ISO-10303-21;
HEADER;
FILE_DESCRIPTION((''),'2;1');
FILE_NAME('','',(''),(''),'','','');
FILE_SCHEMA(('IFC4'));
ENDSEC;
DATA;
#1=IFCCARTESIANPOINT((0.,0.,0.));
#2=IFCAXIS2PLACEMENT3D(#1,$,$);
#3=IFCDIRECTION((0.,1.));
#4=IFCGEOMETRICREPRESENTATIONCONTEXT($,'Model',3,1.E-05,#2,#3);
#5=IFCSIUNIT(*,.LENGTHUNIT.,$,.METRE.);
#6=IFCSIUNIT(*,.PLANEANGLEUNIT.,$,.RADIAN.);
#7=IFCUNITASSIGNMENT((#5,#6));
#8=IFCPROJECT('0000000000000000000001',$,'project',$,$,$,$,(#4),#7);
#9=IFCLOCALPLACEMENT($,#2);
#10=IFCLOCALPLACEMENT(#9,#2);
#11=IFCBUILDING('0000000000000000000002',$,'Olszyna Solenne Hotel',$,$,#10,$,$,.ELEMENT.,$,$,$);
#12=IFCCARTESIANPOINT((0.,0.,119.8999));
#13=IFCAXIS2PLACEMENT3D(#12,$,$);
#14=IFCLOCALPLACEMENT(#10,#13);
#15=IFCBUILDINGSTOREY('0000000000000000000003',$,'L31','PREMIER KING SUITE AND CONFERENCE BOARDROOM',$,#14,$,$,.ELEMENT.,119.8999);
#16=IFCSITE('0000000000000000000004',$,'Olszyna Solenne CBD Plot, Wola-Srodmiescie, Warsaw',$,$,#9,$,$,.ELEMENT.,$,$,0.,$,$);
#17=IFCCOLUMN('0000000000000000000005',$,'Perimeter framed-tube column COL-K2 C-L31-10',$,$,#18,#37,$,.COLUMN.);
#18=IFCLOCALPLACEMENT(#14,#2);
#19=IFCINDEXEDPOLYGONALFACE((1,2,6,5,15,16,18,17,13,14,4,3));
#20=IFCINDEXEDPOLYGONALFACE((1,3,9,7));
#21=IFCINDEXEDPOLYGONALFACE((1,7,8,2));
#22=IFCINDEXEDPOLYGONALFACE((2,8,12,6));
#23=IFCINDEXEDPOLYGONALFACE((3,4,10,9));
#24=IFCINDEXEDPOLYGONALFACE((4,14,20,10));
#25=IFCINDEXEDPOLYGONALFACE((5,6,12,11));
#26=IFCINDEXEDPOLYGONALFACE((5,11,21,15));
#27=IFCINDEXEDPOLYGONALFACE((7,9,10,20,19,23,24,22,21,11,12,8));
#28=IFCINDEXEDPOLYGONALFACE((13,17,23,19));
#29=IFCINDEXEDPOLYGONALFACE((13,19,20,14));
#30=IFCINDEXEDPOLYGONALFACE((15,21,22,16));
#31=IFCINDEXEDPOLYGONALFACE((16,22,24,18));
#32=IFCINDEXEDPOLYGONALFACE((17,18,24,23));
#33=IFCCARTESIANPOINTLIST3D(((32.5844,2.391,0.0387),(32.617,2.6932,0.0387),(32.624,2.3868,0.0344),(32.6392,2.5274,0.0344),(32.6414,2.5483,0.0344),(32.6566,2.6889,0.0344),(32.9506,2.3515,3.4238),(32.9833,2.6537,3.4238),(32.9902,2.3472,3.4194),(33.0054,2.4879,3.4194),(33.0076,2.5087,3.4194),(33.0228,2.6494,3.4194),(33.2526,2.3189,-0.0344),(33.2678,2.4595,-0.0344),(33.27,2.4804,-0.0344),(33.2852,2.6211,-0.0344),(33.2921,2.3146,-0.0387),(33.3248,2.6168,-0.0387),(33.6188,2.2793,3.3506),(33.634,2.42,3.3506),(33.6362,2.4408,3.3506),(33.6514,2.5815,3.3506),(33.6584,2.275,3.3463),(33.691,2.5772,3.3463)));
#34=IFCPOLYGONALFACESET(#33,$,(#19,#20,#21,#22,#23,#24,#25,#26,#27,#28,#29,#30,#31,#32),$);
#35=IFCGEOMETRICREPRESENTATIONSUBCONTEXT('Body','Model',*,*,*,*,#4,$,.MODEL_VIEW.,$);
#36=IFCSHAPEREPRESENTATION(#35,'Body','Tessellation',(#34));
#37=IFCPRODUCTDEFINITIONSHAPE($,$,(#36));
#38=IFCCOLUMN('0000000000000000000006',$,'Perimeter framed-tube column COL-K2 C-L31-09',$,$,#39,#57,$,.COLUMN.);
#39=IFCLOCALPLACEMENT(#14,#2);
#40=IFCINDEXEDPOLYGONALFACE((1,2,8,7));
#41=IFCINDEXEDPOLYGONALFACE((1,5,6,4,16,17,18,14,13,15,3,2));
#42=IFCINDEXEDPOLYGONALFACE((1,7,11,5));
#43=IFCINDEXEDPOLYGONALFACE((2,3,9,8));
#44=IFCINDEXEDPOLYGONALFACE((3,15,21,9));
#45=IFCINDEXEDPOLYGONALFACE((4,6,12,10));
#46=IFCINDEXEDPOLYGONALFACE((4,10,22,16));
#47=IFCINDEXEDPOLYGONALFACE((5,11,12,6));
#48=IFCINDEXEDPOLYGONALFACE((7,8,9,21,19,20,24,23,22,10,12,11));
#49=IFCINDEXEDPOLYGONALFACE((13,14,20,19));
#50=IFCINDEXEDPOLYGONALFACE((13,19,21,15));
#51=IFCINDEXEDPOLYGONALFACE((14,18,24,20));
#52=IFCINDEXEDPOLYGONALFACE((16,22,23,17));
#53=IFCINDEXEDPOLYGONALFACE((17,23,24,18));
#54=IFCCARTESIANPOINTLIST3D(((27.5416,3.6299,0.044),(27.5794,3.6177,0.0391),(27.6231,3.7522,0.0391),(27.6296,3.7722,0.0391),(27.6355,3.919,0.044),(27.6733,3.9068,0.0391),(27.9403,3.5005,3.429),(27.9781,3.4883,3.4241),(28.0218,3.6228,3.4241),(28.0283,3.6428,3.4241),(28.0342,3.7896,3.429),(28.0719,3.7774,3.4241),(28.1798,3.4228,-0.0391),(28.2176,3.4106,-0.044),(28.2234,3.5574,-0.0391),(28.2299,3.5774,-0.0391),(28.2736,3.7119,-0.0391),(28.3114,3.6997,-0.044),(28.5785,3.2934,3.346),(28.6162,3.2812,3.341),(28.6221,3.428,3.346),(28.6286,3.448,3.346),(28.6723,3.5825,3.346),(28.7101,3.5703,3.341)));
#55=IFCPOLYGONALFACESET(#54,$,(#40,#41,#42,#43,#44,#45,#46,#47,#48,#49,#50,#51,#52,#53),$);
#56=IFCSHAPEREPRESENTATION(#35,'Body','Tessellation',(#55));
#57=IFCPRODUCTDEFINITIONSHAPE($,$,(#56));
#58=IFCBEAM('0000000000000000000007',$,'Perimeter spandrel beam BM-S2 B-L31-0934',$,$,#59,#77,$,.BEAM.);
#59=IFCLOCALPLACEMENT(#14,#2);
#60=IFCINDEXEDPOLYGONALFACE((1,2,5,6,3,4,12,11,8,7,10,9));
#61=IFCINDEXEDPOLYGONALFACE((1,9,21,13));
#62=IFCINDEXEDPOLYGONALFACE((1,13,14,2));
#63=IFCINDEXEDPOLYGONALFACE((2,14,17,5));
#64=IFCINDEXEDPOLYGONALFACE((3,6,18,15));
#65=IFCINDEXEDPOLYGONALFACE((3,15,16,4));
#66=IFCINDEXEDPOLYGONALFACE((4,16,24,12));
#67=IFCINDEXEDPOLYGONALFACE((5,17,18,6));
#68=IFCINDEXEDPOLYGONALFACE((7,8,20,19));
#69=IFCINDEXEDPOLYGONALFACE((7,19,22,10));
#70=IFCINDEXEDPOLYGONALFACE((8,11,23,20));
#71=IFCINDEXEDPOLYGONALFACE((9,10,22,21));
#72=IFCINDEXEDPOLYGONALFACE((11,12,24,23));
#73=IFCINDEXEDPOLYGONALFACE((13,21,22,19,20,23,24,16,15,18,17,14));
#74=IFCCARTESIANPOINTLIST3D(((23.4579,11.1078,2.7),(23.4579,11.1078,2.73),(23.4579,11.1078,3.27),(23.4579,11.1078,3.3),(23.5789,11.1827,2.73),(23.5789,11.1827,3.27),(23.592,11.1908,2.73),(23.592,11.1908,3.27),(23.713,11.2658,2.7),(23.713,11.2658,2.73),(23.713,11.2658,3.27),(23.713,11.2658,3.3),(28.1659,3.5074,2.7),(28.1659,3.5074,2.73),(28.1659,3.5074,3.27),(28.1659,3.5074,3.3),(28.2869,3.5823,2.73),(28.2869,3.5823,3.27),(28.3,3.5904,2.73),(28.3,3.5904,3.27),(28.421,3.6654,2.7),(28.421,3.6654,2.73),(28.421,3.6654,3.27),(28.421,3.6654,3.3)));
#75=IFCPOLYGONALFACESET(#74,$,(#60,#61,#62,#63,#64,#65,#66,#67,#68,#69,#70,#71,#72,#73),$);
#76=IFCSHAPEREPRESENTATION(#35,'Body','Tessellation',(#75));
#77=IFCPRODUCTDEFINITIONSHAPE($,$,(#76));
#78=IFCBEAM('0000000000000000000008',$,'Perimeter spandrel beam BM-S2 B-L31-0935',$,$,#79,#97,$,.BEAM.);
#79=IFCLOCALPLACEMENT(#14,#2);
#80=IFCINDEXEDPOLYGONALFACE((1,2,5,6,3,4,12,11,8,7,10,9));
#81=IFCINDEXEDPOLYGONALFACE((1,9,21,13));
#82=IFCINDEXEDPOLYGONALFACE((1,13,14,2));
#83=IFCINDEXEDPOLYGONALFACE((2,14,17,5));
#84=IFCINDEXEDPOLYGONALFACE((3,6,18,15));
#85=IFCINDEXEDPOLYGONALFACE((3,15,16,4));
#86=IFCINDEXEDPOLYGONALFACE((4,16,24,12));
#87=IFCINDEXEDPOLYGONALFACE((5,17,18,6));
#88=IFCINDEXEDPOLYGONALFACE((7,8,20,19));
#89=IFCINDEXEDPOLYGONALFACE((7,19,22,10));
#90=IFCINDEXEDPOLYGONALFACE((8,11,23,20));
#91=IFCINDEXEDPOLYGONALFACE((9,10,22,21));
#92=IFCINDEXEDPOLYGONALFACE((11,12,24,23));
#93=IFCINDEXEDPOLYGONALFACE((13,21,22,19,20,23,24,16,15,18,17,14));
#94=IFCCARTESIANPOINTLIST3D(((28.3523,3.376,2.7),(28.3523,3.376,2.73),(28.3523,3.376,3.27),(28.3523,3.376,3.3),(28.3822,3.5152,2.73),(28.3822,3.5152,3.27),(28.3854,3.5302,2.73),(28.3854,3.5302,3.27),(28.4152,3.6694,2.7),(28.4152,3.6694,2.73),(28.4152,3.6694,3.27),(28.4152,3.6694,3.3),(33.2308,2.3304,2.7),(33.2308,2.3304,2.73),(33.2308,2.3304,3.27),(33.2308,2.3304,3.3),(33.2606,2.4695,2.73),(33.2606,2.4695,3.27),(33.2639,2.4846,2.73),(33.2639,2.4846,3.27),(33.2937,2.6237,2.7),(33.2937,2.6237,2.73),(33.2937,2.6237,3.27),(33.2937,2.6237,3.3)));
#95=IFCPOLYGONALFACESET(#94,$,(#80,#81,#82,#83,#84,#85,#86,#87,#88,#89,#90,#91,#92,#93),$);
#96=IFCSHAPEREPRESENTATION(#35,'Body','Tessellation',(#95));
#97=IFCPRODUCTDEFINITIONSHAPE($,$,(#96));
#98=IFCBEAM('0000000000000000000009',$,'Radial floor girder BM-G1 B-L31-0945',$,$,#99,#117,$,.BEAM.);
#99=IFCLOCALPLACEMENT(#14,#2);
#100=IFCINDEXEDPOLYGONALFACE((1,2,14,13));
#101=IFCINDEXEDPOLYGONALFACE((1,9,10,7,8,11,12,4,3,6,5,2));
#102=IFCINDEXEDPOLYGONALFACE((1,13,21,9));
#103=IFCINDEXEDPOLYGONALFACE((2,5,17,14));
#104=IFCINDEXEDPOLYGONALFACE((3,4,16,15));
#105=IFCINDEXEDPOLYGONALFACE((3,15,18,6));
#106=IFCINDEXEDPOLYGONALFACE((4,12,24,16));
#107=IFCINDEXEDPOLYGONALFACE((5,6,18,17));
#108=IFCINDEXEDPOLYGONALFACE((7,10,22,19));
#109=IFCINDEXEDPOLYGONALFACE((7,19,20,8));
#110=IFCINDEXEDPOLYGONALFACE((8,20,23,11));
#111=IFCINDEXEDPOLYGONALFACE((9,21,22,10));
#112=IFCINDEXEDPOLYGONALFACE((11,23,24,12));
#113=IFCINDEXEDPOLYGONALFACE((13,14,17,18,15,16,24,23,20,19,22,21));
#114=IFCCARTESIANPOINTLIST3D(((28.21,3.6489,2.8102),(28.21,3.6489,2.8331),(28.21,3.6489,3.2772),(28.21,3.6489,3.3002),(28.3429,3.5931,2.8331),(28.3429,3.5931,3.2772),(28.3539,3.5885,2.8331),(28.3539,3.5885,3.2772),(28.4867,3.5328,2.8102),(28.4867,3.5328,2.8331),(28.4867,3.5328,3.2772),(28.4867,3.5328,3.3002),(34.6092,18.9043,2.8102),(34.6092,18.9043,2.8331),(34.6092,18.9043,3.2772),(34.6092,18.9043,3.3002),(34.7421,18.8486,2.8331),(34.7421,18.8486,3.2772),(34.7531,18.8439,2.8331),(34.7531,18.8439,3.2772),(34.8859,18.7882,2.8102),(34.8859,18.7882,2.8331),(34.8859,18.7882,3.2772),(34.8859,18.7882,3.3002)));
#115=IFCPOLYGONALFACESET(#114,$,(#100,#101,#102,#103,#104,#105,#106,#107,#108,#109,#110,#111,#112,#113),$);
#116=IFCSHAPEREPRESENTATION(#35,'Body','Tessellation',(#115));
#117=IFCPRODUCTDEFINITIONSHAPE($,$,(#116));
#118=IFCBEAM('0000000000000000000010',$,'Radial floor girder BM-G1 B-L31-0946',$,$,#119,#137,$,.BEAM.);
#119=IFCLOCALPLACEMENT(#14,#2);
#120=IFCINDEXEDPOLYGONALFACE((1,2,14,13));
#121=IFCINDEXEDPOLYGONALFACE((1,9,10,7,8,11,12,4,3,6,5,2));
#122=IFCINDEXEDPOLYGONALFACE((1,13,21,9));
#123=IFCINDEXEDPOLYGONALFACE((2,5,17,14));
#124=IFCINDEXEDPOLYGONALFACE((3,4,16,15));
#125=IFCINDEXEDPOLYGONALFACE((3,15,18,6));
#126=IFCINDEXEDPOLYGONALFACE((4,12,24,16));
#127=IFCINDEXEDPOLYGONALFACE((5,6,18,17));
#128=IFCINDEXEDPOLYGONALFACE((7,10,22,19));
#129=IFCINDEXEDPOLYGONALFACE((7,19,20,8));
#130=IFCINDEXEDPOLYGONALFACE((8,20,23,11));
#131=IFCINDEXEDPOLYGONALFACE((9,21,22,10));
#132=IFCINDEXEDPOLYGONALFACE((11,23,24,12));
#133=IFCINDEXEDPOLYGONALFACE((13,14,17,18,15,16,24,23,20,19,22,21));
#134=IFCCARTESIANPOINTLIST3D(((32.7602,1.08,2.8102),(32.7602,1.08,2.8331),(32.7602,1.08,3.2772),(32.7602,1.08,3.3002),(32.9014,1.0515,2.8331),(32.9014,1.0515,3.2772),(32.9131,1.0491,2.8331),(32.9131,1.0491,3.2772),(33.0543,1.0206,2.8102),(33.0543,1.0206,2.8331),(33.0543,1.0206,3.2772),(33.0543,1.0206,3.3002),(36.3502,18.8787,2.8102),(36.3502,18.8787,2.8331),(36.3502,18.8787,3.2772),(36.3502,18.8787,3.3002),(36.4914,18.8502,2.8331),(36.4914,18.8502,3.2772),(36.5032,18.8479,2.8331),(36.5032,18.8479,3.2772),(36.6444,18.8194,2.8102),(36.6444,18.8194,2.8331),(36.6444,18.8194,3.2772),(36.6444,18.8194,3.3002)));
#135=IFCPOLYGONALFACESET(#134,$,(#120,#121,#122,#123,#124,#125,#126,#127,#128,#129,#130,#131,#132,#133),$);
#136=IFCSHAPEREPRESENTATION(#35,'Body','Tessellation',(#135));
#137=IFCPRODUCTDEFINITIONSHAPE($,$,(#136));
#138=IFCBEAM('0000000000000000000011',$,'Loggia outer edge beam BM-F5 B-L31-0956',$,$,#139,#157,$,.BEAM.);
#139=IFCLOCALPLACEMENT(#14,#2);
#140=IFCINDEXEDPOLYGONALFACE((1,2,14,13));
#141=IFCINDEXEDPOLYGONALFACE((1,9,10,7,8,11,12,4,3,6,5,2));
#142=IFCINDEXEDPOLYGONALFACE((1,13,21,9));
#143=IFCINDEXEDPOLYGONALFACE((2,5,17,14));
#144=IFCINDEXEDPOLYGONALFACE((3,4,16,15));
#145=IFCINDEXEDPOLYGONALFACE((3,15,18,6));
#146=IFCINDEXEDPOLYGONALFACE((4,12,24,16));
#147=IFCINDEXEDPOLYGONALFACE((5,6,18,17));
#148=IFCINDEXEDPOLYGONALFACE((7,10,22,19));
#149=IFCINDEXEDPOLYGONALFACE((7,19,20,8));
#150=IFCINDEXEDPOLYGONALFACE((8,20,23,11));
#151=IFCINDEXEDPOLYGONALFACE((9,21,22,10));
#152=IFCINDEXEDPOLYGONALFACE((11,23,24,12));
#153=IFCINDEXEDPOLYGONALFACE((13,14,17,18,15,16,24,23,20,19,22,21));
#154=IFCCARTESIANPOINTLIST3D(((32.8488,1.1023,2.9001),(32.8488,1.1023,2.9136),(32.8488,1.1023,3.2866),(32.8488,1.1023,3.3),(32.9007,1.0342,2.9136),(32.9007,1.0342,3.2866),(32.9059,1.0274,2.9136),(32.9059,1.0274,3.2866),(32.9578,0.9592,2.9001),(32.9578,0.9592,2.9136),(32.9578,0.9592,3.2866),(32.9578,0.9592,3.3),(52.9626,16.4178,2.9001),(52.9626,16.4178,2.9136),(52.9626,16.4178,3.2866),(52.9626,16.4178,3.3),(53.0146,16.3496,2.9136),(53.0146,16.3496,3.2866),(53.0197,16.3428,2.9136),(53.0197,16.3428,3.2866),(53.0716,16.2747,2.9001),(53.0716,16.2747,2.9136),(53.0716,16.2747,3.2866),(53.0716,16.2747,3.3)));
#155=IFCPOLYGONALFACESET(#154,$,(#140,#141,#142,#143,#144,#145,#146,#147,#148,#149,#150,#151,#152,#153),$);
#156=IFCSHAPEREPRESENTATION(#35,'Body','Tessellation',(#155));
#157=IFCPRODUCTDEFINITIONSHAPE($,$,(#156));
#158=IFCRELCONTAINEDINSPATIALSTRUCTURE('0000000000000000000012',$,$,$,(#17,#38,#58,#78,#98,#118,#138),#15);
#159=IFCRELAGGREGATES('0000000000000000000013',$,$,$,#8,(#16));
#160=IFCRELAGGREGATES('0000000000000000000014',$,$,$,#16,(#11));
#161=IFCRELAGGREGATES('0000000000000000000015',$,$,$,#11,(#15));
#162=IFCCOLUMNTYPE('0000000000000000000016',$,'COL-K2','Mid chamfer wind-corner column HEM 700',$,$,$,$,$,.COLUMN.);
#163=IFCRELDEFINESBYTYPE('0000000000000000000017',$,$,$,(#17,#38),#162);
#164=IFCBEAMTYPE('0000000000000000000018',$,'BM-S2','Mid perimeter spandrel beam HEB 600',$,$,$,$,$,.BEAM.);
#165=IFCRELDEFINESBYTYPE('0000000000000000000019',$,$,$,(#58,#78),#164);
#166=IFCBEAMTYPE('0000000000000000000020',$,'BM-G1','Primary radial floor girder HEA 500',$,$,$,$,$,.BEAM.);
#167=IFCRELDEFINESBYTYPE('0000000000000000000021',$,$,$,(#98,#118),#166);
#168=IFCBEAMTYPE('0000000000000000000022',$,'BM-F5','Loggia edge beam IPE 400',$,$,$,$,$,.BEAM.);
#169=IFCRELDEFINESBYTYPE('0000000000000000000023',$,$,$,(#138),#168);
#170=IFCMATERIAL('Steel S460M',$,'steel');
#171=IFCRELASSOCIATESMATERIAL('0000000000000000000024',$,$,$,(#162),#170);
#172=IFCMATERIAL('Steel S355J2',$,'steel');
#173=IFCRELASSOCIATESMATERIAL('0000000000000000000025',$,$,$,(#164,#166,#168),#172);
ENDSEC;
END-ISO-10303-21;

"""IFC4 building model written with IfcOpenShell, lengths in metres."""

from ifc_helpers import new_model, si_unit, direction, frame, origin, origin_2d, place, context, subcontext, project, spatial, i_section, extrude, source, transform, mapped, material, material_profile, profile_set, type_object, element, save


model = new_model("IFC4")

# Units and contexts
model_context = context("Model", 3, precision=1e-05, world=origin(), true_north=direction((0.0, 1.0)))
body_context = subcontext(model_context, "Body", "Model", "MODEL_VIEW")
ifc_project = project(units=[si_unit("LENGTHUNIT", "METRE"), si_unit("PLANEANGLEUNIT", "RADIAN")], contexts=[model_context])

# Site, building, storey
site_placement = place(None, origin())
site = spatial("IfcSite", under=ifc_project, at=site_placement, Name="Olszyna Solenne CBD Plot, Wola-Srodmiescie, Warsaw", CompositionType="ELEMENT", RefElevation=0.0)
building_placement = place(site_placement, origin())
building = spatial("IfcBuilding", under=site, at=building_placement, Name="Olszyna Solenne Hotel", CompositionType="ELEMENT")
storey_placement = place(building_placement, frame((0.0, 0.0, 119.8999)))
storey = spatial("IfcBuildingStorey", under=building, at=storey_placement, Name="L31", Description="PREMIER KING SUITE AND CONFERENCE BOARDROOM", CompositionType="ELEMENT", Elevation=119.8999)

# Columns
ifc_material_1 = material(Name="Steel S460M", Category="steel")
ifc_material_profile_1 = material_profile(ifc_material_1, i_section(OverallWidth=0.304, OverallDepth=0.7161, WebThickness=0.021, FlangeThickness=0.04, at=origin_2d()), Name="HEM 700", Category="load-bearing")
ifc_profile_set_1 = profile_set([ifc_material_profile_1], Name="Steel S460M")
column_type = type_object("IfcColumnType", Name="COL-K2", Description="Mid chamfer wind-corner column HEM 700", PredefinedType="COLUMN", material=ifc_profile_set_1)
shared_shape_1 = source(origin(), body_context, "Body", "SweptSolid", [
    extrude(i_section(OverallWidth=0.304, OverallDepth=0.7161, WebThickness=0.021, FlangeThickness=0.04, at=origin_2d()), origin(), (0.0, 0.0, 1.0), 3.405),
])
column_1_placement = place(storey_placement, frame((32.9546, 2.5039, 0.0), z_axis=(0.107551, -0.011616, 0.994132), x_axis=(0.107376, 0.994219, 0.0)))
element("IfcColumn", 1, at=column_1_placement, inside=storey, type_object=column_type, Name="Perimeter framed-tube column COL-K2 C-L31-10", PredefinedType="COLUMN", context=body_context, shape_type="MappedRepresentation", body=[
    mapped(shared_shape_1, transform((0.0, 0.0, 0.0), x_axis=(1.0, 0.0, 0.0), y_axis=(0.0, 1.0, 0.0), z_axis=(0.0, 0.0, 1.0), scale=1.0)),
])
shared_shape_2 = source(origin(), body_context, "Body", "SweptSolid", [
    extrude(i_section(OverallWidth=0.304, OverallDepth=0.7161, WebThickness=0.021, FlangeThickness=0.04, at=origin_2d()), origin(), (0.0, 0.0, 1.0), 3.4109),
])
column_2_placement = place(storey_placement, frame((27.9265, 3.6648, 0.0), z_axis=(0.116886, -0.037936, 0.992421), x_axis=(0.308704, 0.951158, 0.0)))
element("IfcColumn", 2, at=column_2_placement, inside=storey, type_object=column_type, Name="Perimeter framed-tube column COL-K2 C-L31-09", PredefinedType="COLUMN", context=body_context, shape_type="MappedRepresentation", body=[
    mapped(shared_shape_2, transform((0.0, 0.0, 0.0), x_axis=(1.0, 0.0, 0.0), y_axis=(0.0, 1.0, 0.0), z_axis=(0.0, 0.0, 1.0), scale=1.0)),
])

# Beams
ifc_material_2 = material(Name="Steel S355J2", Category="steel")
ifc_material_profile_2 = material_profile(ifc_material_2, i_section(OverallWidth=0.3, OverallDepth=0.6001, WebThickness=0.0154, FlangeThickness=0.03, at=origin_2d()), Name="HEB 600", Category="load-bearing")
ifc_profile_set_2 = profile_set([ifc_material_profile_2], Name="Steel S355J2")
beam_type_1 = type_object("IfcBeamType", Name="BM-S2", Description="Mid perimeter spandrel beam HEB 600", PredefinedType="BEAM", material=ifc_profile_set_2)
shared_shape_3 = source(origin(), body_context, "Body", "SweptSolid", [
    extrude(i_section(OverallWidth=0.3, OverallDepth=0.6001, WebThickness=0.0154, FlangeThickness=0.03, at=origin_2d()), origin(), (0.0, 0.0, 1.0), 8.9404),
])
beam_1_placement = place(storey_placement, frame((23.5854, 11.1868, 3.0), z_axis=(0.5266, -0.850113, 0.0), x_axis=(0.850113, 0.5266, 0.0)))
element("IfcBeam", 3, at=beam_1_placement, inside=storey, type_object=beam_type_1, Name="Perimeter spandrel beam BM-S2 B-L31-0934", PredefinedType="BEAM", context=body_context, shape_type="MappedRepresentation", body=[
    mapped(shared_shape_3, transform((0.0, 0.0, 0.0), x_axis=(1.0, 0.0, 0.0), y_axis=(0.0, 1.0, 0.0), z_axis=(0.0, 0.0, 1.0), scale=1.0)),
])
shared_shape_4 = source(origin(), body_context, "Body", "SweptSolid", [
    extrude(i_section(OverallWidth=0.3, OverallDepth=0.6001, WebThickness=0.0154, FlangeThickness=0.03, at=origin_2d()), origin(), (0.0, 0.0, 1.0), 4.9893),
])
beam_2_placement = place(storey_placement, frame((28.3838, 3.5227, 3.0), z_axis=(0.977791, -0.209583, 0.0), x_axis=(0.209583, 0.977791, 0.0)))
element("IfcBeam", 4, at=beam_2_placement, inside=storey, type_object=beam_type_1, Name="Perimeter spandrel beam BM-S2 B-L31-0935", PredefinedType="BEAM", context=body_context, shape_type="MappedRepresentation", body=[
    mapped(shared_shape_4, transform((0.0, 0.0, 0.0), x_axis=(1.0, 0.0, 0.0), y_axis=(0.0, 1.0, 0.0), z_axis=(0.0, 0.0, 1.0), scale=1.0)),
])
ifc_material_profile_3 = material_profile(ifc_material_2, i_section(OverallWidth=0.3, OverallDepth=0.49, WebThickness=0.012, FlangeThickness=0.0229, at=origin_2d()), Name="HEA 500", Category="load-bearing")
ifc_profile_set_3 = profile_set([ifc_material_profile_3], Name="Steel S355J2")
beam_type_2 = type_object("IfcBeamType", Name="BM-G1", Description="Primary radial floor girder HEA 500", PredefinedType="BEAM", material=ifc_profile_set_3)
shared_shape_5 = source(origin(), body_context, "Body", "SweptSolid", [
    extrude(i_section(OverallWidth=0.3, OverallDepth=0.49, WebThickness=0.012, FlangeThickness=0.0229, at=origin_2d()), origin(), (0.0, 0.0, 1.0), 16.5432),
])
beam_3_placement = place(storey_placement, frame((28.3484, 3.5908, 3.0552), z_axis=(0.386817, 0.922157, 0.0), x_axis=(-0.922157, 0.386817, 0.0)))
element("IfcBeam", 5, at=beam_3_placement, inside=storey, type_object=beam_type_2, Name="Radial floor girder BM-G1 B-L31-0945", PredefinedType="BEAM", context=body_context, shape_type="MappedRepresentation", body=[
    mapped(shared_shape_5, transform((0.0, 0.0, 0.0), x_axis=(1.0, 0.0, 0.0), y_axis=(0.0, 1.0, 0.0), z_axis=(0.0, 0.0, 1.0), scale=1.0)),
])
shared_shape_6 = source(origin(), body_context, "Body", "SweptSolid", [
    extrude(i_section(OverallWidth=0.3, OverallDepth=0.49, WebThickness=0.012, FlangeThickness=0.0229, at=origin_2d()), origin(), (0.0, 0.0, 1.0), 18.1572),
])
beam_4_placement = place(storey_placement, frame((32.9072, 1.0503, 3.0552), z_axis=(0.197722, 0.980258, 0.0), x_axis=(-0.980258, 0.197722, 0.0)))
element("IfcBeam", 6, at=beam_4_placement, inside=storey, type_object=beam_type_2, Name="Radial floor girder BM-G1 B-L31-0946", PredefinedType="BEAM", context=body_context, shape_type="MappedRepresentation", body=[
    mapped(shared_shape_6, transform((0.0, 0.0, 0.0), x_axis=(1.0, 0.0, 0.0), y_axis=(0.0, 1.0, 0.0), z_axis=(0.0, 0.0, 1.0), scale=1.0)),
])
ifc_material_profile_4 = material_profile(ifc_material_2, i_section(OverallWidth=0.1799, OverallDepth=0.3999, WebThickness=0.0085, FlangeThickness=0.0134, at=origin_2d()), Name="IPE 400", Category="load-bearing")
ifc_profile_set_4 = profile_set([ifc_material_profile_4], Name="Steel S355J2")
beam_type_3 = type_object("IfcBeamType", Name="BM-F5", Description="Loggia edge beam IPE 400", PredefinedType="BEAM", material=ifc_profile_set_4)
shared_shape_7 = source(origin(), body_context, "Body", "SweptSolid", [
    extrude(i_section(OverallWidth=0.1799, OverallDepth=0.3999, WebThickness=0.0085, FlangeThickness=0.0134, at=origin_2d()), origin(), (0.0, 0.0, 1.0), 25.281),
])
beam_5_placement = place(storey_placement, frame((32.9033, 1.0308, 3.1001), z_axis=(0.79561, 0.605809, 0.0), x_axis=(-0.605809, 0.79561, 0.0)))
element("IfcBeam", 7, at=beam_5_placement, inside=storey, type_object=beam_type_3, Name="Loggia outer edge beam BM-F5 B-L31-0956", PredefinedType="BEAM", context=body_context, shape_type="MappedRepresentation", body=[
    mapped(shared_shape_7, transform((0.0, 0.0, 0.0), x_axis=(1.0, 0.0, 0.0), y_axis=(0.0, 1.0, 0.0), z_axis=(0.0, 0.0, 1.0), scale=1.0)),
])

save(model, "model.ifc")
